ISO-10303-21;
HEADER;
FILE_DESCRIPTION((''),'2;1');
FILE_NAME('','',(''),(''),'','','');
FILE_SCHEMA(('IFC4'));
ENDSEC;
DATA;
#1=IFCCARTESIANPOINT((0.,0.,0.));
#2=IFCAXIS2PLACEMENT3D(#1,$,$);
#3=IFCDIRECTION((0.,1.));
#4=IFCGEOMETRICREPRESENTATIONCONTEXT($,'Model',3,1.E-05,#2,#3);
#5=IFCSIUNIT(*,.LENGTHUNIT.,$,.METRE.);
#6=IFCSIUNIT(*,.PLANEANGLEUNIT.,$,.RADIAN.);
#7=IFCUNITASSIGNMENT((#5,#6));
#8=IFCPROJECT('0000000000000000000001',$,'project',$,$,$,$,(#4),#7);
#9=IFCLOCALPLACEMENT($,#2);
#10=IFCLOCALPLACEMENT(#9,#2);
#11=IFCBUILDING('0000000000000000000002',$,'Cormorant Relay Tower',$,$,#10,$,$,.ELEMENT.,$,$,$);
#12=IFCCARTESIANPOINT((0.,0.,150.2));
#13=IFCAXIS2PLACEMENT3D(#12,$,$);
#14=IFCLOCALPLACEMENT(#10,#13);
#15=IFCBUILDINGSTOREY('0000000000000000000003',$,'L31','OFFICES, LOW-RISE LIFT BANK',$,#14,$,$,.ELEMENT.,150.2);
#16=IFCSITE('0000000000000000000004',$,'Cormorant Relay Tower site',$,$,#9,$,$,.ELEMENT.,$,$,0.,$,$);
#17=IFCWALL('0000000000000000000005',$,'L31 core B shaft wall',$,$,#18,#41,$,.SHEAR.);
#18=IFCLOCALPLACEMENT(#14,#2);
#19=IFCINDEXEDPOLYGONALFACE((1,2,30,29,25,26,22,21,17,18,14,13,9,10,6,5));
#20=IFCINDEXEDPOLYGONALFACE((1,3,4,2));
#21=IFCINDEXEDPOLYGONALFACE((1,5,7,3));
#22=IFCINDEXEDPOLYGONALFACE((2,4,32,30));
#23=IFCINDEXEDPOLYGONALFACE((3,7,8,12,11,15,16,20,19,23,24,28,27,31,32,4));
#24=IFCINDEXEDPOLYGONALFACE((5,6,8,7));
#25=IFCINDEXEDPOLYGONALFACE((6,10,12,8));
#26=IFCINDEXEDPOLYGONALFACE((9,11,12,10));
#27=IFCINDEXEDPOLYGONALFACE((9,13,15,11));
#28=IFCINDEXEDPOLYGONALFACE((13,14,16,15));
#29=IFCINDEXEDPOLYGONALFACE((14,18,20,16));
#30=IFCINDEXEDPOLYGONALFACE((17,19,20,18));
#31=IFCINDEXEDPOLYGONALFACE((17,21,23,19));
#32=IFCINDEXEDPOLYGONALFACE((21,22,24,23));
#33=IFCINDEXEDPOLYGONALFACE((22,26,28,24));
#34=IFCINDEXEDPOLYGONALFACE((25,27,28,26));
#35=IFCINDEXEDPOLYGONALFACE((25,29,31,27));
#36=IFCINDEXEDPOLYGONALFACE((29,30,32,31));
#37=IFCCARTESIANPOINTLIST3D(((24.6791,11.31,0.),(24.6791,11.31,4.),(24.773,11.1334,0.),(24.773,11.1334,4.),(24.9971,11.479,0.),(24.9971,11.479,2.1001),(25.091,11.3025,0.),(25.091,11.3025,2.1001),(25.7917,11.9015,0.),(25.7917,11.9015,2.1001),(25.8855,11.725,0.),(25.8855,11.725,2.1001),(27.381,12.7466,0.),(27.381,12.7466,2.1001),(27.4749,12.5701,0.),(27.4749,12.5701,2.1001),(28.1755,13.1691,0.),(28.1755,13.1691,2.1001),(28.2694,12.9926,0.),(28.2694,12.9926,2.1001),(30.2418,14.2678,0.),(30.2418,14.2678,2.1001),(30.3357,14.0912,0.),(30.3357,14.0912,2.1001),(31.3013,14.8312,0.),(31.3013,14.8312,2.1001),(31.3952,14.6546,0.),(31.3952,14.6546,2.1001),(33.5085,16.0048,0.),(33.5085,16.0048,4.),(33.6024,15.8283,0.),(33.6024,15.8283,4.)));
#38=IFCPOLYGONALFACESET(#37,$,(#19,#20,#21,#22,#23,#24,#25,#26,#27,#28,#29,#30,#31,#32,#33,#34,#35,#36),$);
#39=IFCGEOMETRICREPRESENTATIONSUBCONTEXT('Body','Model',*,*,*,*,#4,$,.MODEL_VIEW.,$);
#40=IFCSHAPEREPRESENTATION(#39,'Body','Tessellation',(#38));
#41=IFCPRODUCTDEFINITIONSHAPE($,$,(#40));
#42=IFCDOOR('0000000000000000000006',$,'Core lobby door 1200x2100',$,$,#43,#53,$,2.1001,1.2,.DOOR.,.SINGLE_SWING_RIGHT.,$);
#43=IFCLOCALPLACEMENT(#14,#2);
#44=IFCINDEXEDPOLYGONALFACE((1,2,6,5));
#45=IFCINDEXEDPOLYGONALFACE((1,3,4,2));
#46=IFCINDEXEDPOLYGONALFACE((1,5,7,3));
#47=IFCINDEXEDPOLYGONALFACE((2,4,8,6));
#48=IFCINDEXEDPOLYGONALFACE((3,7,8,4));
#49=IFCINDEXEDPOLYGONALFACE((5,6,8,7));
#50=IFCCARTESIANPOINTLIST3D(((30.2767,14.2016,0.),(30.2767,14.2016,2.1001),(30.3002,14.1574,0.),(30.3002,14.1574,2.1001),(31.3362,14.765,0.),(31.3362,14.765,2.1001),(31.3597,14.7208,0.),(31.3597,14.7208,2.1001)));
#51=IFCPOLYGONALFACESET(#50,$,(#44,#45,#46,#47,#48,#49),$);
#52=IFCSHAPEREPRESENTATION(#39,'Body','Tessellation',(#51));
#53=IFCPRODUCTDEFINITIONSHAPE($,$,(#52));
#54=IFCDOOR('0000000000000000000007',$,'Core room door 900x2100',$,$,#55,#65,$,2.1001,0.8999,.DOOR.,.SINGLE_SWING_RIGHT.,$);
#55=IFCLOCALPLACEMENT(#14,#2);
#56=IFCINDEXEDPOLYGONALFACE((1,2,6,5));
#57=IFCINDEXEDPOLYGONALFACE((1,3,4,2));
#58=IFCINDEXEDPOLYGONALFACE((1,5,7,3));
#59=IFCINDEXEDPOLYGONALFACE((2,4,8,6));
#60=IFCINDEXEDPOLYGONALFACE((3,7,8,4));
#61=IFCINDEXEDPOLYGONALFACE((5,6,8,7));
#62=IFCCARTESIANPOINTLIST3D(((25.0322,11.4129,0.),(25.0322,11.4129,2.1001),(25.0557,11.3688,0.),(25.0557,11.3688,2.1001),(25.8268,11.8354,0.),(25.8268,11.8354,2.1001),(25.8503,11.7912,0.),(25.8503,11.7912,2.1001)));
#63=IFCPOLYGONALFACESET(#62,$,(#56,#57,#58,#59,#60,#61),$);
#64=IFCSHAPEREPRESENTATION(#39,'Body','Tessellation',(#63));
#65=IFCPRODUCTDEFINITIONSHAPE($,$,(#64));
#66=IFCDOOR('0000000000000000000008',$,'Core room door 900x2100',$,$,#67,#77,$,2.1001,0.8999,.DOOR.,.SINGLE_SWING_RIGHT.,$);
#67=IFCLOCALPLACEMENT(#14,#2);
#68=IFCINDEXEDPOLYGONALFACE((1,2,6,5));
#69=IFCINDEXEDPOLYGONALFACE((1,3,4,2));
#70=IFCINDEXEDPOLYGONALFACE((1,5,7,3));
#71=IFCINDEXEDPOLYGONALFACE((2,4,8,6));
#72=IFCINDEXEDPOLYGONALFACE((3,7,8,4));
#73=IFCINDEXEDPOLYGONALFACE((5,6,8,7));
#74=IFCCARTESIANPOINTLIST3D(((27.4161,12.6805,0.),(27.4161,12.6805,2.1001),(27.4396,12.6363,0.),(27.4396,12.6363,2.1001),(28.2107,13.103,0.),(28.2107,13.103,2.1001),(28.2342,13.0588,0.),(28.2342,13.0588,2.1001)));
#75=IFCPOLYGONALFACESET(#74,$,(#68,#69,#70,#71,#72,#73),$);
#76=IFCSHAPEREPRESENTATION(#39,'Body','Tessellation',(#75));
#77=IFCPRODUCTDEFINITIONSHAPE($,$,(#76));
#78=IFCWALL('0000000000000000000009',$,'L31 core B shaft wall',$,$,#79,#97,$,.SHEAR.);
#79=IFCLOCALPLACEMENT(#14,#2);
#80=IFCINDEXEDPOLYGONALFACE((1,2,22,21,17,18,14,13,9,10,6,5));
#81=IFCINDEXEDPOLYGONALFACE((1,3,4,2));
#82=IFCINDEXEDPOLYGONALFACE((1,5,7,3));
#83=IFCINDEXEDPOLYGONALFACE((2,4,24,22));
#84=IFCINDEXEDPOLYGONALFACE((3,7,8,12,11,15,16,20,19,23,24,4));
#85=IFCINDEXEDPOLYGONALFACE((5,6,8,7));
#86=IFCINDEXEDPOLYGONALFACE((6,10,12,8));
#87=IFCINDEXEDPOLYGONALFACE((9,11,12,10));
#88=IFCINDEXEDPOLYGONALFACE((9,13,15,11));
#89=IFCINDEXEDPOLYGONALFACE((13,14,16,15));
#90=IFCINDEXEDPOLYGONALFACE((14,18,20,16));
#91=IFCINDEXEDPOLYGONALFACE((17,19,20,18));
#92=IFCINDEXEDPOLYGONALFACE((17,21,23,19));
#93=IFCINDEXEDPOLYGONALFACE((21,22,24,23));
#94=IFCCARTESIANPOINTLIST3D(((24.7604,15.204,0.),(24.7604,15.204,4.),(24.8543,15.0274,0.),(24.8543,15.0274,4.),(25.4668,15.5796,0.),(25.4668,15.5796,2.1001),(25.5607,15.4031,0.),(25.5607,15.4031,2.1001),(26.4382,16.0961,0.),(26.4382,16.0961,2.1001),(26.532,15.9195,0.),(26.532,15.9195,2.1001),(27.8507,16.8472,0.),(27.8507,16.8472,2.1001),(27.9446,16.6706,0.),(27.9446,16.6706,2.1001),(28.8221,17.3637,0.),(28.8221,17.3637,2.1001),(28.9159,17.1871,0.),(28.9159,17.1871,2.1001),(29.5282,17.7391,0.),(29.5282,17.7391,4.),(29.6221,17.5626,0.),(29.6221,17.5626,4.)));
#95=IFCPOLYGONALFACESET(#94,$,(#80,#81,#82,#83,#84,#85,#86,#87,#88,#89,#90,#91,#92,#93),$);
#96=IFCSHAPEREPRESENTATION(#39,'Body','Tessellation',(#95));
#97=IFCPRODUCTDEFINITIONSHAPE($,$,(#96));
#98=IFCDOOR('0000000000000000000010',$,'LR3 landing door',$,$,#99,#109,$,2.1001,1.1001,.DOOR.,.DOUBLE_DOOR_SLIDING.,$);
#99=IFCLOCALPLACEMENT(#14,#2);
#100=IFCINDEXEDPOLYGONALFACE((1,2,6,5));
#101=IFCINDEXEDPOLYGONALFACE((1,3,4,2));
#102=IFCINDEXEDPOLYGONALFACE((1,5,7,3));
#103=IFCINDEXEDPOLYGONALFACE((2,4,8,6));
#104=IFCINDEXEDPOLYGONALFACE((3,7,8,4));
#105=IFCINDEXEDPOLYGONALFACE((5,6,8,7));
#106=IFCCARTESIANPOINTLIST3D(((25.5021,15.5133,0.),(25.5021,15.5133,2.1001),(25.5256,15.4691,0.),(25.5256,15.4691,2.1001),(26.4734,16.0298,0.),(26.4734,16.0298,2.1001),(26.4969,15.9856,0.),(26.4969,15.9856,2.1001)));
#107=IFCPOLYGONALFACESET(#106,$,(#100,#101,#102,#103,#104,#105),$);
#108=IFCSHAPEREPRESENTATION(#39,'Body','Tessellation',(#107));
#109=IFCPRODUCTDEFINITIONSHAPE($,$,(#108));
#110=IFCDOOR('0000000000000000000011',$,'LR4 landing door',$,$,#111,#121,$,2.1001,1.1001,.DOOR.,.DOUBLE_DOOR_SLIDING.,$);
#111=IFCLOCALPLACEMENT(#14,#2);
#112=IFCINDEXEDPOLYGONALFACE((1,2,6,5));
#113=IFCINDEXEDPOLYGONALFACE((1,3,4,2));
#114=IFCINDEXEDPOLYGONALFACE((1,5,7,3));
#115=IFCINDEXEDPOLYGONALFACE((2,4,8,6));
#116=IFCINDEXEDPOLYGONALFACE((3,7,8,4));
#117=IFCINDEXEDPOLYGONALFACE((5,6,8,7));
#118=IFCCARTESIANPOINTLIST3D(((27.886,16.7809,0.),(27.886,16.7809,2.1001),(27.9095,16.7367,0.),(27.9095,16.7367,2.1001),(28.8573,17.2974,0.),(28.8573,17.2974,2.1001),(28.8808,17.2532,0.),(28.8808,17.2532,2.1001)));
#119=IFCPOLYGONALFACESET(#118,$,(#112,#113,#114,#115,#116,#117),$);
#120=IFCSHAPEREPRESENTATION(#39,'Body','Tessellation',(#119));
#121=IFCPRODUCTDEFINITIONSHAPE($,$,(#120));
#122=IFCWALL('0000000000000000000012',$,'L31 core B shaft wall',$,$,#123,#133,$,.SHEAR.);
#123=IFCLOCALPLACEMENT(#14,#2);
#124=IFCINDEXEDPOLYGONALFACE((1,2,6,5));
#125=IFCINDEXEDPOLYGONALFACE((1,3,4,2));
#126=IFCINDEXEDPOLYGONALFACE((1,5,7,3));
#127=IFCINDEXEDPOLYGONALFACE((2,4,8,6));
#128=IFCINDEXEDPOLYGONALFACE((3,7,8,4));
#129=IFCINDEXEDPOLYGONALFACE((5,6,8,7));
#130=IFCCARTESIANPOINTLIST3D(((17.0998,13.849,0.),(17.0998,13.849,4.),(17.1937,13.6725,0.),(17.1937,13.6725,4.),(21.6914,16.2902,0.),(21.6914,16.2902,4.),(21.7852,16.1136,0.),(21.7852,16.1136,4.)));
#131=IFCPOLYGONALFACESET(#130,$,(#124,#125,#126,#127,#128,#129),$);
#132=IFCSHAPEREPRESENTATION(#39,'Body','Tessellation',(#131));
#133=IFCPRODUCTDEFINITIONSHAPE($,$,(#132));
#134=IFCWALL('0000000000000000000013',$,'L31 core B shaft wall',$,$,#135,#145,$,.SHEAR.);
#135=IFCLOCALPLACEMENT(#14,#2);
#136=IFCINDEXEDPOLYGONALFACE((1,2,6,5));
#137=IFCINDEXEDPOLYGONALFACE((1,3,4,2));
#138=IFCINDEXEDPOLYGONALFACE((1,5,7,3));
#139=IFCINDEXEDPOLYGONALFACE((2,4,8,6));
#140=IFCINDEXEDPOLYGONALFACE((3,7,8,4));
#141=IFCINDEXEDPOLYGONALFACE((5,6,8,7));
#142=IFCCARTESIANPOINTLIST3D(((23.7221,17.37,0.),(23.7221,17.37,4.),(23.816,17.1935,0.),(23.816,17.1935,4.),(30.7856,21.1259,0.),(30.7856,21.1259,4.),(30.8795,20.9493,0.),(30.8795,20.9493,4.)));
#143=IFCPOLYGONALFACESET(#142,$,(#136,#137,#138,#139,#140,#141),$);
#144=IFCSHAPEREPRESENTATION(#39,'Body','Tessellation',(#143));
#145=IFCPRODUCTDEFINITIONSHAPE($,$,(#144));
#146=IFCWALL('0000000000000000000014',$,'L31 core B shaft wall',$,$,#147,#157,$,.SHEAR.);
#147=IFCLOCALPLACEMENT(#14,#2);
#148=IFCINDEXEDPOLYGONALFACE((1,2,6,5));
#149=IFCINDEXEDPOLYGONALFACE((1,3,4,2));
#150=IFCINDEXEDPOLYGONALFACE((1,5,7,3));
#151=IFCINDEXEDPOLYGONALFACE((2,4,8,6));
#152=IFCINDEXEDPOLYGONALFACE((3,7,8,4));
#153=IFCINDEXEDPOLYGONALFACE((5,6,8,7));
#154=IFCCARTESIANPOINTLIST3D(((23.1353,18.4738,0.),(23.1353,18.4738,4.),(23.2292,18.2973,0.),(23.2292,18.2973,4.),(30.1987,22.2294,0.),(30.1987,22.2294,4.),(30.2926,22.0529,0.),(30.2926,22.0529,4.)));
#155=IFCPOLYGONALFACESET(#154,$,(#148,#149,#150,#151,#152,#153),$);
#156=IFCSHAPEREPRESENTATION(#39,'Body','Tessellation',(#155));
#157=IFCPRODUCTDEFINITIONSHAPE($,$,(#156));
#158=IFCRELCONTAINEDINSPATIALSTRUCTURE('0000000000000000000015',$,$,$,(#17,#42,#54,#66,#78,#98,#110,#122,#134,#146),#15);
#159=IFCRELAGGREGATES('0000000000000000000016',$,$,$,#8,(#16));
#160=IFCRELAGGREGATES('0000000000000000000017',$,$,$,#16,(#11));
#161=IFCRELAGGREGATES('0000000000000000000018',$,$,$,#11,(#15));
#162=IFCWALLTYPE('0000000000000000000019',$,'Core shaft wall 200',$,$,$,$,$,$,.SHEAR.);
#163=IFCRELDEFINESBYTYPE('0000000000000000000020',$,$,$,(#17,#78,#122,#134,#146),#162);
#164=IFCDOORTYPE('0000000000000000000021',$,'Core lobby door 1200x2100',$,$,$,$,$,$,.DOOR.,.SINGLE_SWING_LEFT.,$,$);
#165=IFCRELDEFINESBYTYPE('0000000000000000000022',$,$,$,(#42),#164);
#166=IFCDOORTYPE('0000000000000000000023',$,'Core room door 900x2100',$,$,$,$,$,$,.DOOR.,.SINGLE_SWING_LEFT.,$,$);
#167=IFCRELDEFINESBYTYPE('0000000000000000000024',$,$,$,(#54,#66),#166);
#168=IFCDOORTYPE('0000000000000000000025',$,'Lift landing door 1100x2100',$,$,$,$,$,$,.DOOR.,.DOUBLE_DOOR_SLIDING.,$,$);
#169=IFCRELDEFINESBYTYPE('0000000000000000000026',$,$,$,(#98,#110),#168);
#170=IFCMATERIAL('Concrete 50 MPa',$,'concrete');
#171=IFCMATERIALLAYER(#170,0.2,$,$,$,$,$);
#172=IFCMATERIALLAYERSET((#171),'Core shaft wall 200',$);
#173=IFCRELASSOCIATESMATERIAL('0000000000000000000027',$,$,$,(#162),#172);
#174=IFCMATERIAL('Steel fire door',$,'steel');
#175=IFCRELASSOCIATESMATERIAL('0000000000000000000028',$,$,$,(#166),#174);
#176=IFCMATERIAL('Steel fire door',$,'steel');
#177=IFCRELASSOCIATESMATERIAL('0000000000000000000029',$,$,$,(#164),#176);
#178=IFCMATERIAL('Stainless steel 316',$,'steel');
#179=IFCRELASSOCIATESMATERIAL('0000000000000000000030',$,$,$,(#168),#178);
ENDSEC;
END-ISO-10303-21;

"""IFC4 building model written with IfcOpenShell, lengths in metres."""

from ifc_helpers import new_model, si_unit, direction, frame, frame_2d, origin, place, context, subcontext, project, spatial, rectangle, extrude, material, layer, layer_set, type_object, element, fill, save


model = new_model("IFC4")

# Units and contexts
model_context = context("Model", 3, precision=1e-05, world=origin(), true_north=direction((0.0, 1.0)))
body_context = subcontext(model_context, "Body", "Model", "MODEL_VIEW")
ifc_project = project(units=[si_unit("LENGTHUNIT", "METRE"), si_unit("PLANEANGLEUNIT", "RADIAN")], contexts=[model_context])

# Site, building, storey
site_placement = place(None, origin())
site = spatial("IfcSite", under=ifc_project, at=site_placement, Name="Cormorant Relay Tower site", CompositionType="ELEMENT", RefElevation=0.0)
building_placement = place(site_placement, origin())
building = spatial("IfcBuilding", under=site, at=building_placement, Name="Cormorant Relay Tower", CompositionType="ELEMENT")
storey_placement = place(building_placement, frame((0.0, 0.0, 150.2)))
storey = spatial("IfcBuildingStorey", under=building, at=storey_placement, Name="L31", Description="OFFICES, LOW-RISE LIFT BANK", CompositionType="ELEMENT", Elevation=150.2)

# Shared definitions
ifc_material_1 = material(Name="Concrete 50 MPa", Category="concrete")
ifc_layer_1 = layer(ifc_material_1, 0.2)
ifc_layer_set_1 = layer_set([ifc_layer_1], Name="Core shaft wall 200")
wall_type_1 = type_object("IfcWallType", Name="Core shaft wall 200", PredefinedType="SHEAR", material=ifc_layer_set_1)

# Shared definitions
ifc_material_2 = material(Name="Steel fire door", Category="steel")
door_type_1 = type_object("IfcDoorType", Name="Core room door 900x2100", OperationType="SINGLE_SWING_LEFT", PredefinedType="DOOR", material=ifc_material_2)

# Walls, openings, doors
wall_1_placement = place(storey_placement, frame((24.7261, 11.2217, 0.0), z_axis=(0.0, 0.0, 1.0), x_axis=(0.88294, 0.469485, 0.0)))
wall_1 = element("IfcWall", 1, at=wall_1_placement, inside=storey, type_object=wall_type_1, Name="L31 core B shaft wall", PredefinedType="SHEAR", context=body_context, shape_type="SweptSolid", body=[
    extrude(rectangle(XDim=10.0, YDim=0.2, at=frame_2d((5.0, 0.0))), origin(), (0.0, 0.0, 1.0), 4.0),
])
opening_1_placement = place(wall_1_placement, frame((6.3, 0.0, 0.0)))
opening_1 = element("IfcOpeningElement", 2, at=opening_1_placement, cuts=wall_1, PredefinedType="OPENING", context=body_context, shape_type="SweptSolid", body=[
    extrude(rectangle(XDim=1.2, YDim=2.1001, at=frame_2d((0.6001, 1.05))), frame((0.0, 0.1099, 0.0), z_axis=(0.0, -1.0, 0.0), x_axis=(1.0, 0.0, 0.0)), (0.0, 0.0, 1.0), 0.22),
])
opening_2_placement = place(wall_1_placement, frame((0.3601, 0.0, 0.0)))
opening_2 = element("IfcOpeningElement", 3, at=opening_2_placement, cuts=wall_1, PredefinedType="OPENING", context=body_context, shape_type="SweptSolid", body=[
    extrude(rectangle(XDim=0.8999, YDim=2.1001, at=frame_2d((0.45, 1.05))), frame((0.0, 0.1099, 0.0), z_axis=(0.0, -1.0, 0.0), x_axis=(1.0, 0.0, 0.0)), (0.0, 0.0, 1.0), 0.22),
])
opening_3_placement = place(wall_1_placement, frame((3.0601, 0.0, 0.0)))
opening_3 = element("IfcOpeningElement", 4, at=opening_3_placement, cuts=wall_1, PredefinedType="OPENING", context=body_context, shape_type="SweptSolid", body=[
    extrude(rectangle(XDim=0.8999, YDim=2.1001, at=frame_2d((0.45, 1.05))), frame((0.0, 0.1099, 0.0), z_axis=(0.0, -1.0, 0.0), x_axis=(1.0, 0.0, 0.0)), (0.0, 0.0, 1.0), 0.22),
])
ifc_material_3 = material(Name="Steel fire door", Category="steel")
door_type_2 = type_object("IfcDoorType", Name="Core lobby door 1200x2100", OperationType="SINGLE_SWING_LEFT", PredefinedType="DOOR", material=ifc_material_3)
door_1_placement = place(opening_1_placement, frame((1.2, 0.0, 0.0), z_axis=(0.0, 0.0, 1.0), x_axis=(-1.0, 0.0, 0.0)))
door_1 = element("IfcDoor", 5, at=door_1_placement, inside=storey, type_object=door_type_2, Name="Core lobby door 1200x2100", OperationType="SINGLE_SWING_RIGHT", OverallHeight=2.1001, OverallWidth=1.2, PredefinedType="DOOR", context=body_context, shape_type="SweptSolid", body=[
    extrude(rectangle(XDim=1.2, YDim=2.1001, at=frame_2d((0.6001, 1.05))), frame((0.0, 0.0249, 0.0), z_axis=(0.0, -1.0, 0.0), x_axis=(1.0, 0.0, 0.0)), (0.0, 0.0, 1.0), 0.05),
])
fill(opening_1, door_1)
door_2_placement = place(opening_2_placement, frame((0.8999, 0.0, 0.0), z_axis=(0.0, 0.0, 1.0), x_axis=(-1.0, 0.0, 0.0)))
door_2 = element("IfcDoor", 6, at=door_2_placement, inside=storey, type_object=door_type_1, Name="Core room door 900x2100", OperationType="SINGLE_SWING_RIGHT", OverallHeight=2.1001, OverallWidth=0.8999, PredefinedType="DOOR", context=body_context, shape_type="SweptSolid", body=[
    extrude(rectangle(XDim=0.8999, YDim=2.1001, at=frame_2d((0.45, 1.05))), frame((0.0, 0.0249, 0.0), z_axis=(0.0, -1.0, 0.0), x_axis=(1.0, 0.0, 0.0)), (0.0, 0.0, 1.0), 0.05),
])
fill(opening_2, door_2)
door_3_placement = place(opening_3_placement, frame((0.8999, 0.0, 0.0), z_axis=(0.0, 0.0, 1.0), x_axis=(-1.0, 0.0, 0.0)))
door_3 = element("IfcDoor", 7, at=door_3_placement, inside=storey, type_object=door_type_1, Name="Core room door 900x2100", OperationType="SINGLE_SWING_RIGHT", OverallHeight=2.1001, OverallWidth=0.8999, PredefinedType="DOOR", context=body_context, shape_type="SweptSolid", body=[
    extrude(rectangle(XDim=0.8999, YDim=2.1001, at=frame_2d((0.45, 1.05))), frame((0.0, 0.0249, 0.0), z_axis=(0.0, -1.0, 0.0), x_axis=(1.0, 0.0, 0.0)), (0.0, 0.0, 1.0), 0.05),
])
fill(opening_3, door_3)
wall_2_placement = place(storey_placement, frame((24.8074, 15.1157, 0.0), z_axis=(0.0, 0.0, 1.0), x_axis=(0.882943, 0.46948, 0.0)))
wall_2 = element("IfcWall", 8, at=wall_2_placement, inside=storey, type_object=wall_type_1, Name="L31 core B shaft wall", PredefinedType="SHEAR", context=body_context, shape_type="SweptSolid", body=[
    extrude(rectangle(XDim=5.3999, YDim=0.2, at=frame_2d((2.7, 0.0))), origin(), (0.0, 0.0, 1.0), 4.0),
])
opening_4_placement = place(wall_2_placement, frame((0.8, 0.0, 0.0)))
opening_4 = element("IfcOpeningElement", 9, at=opening_4_placement, cuts=wall_2, PredefinedType="OPENING", context=body_context, shape_type="SweptSolid", body=[
    extrude(rectangle(XDim=1.1001, YDim=2.1001, at=frame_2d((0.55, 1.05))), frame((0.0, 0.1099, 0.0), z_axis=(0.0, -1.0, 0.0), x_axis=(1.0, 0.0, 0.0)), (0.0, 0.0, 1.0), 0.22),
])
opening_5_placement = place(wall_2_placement, frame((3.5, 0.0, 0.0)))
opening_5 = element("IfcOpeningElement", 10, at=opening_5_placement, cuts=wall_2, PredefinedType="OPENING", context=body_context, shape_type="SweptSolid", body=[
    extrude(rectangle(XDim=1.1001, YDim=2.1001, at=frame_2d((0.55, 1.05))), frame((0.0, 0.1099, 0.0), z_axis=(0.0, -1.0, 0.0), x_axis=(1.0, 0.0, 0.0)), (0.0, 0.0, 1.0), 0.22),
])
ifc_material_4 = material(Name="Stainless steel 316", Category="steel")
door_type_3 = type_object("IfcDoorType", Name="Lift landing door 1100x2100", OperationType="DOUBLE_DOOR_SLIDING", PredefinedType="DOOR", material=ifc_material_4)
door_4_placement = place(opening_4_placement, origin())
door_4 = element("IfcDoor", 11, at=door_4_placement, inside=storey, type_object=door_type_3, Name="LR3 landing door", OperationType="DOUBLE_DOOR_SLIDING", OverallHeight=2.1001, OverallWidth=1.1001, PredefinedType="DOOR", context=body_context, shape_type="SweptSolid", body=[
    extrude(rectangle(XDim=1.1001, YDim=2.1001, at=frame_2d((0.55, 1.05))), frame((0.0, 0.0249, 0.0), z_axis=(0.0, -1.0, 0.0), x_axis=(1.0, 0.0, 0.0)), (0.0, 0.0, 1.0), 0.05),
])
fill(opening_4, door_4)
door_5_placement = place(opening_5_placement, origin())
door_5 = element("IfcDoor", 12, at=door_5_placement, inside=storey, type_object=door_type_3, Name="LR4 landing door", OperationType="DOUBLE_DOOR_SLIDING", OverallHeight=2.1001, OverallWidth=1.1001, PredefinedType="DOOR", context=body_context, shape_type="SweptSolid", body=[
    extrude(rectangle(XDim=1.1001, YDim=2.1001, at=frame_2d((0.55, 1.05))), frame((0.0, 0.0249, 0.0), z_axis=(0.0, -1.0, 0.0), x_axis=(1.0, 0.0, 0.0)), (0.0, 0.0, 1.0), 0.05),
])
fill(opening_5, door_5)

# Walls
wall_3_placement = place(storey_placement, frame((17.1467, 13.7607, 0.0), z_axis=(0.0, 0.0, 1.0), x_axis=(0.882964, 0.46944, 0.0)))
element("IfcWall", 13, at=wall_3_placement, inside=storey, type_object=wall_type_1, Name="L31 core B shaft wall", PredefinedType="SHEAR", context=body_context, shape_type="SweptSolid", body=[
    extrude(rectangle(XDim=5.2002, YDim=0.2, at=frame_2d((2.6001, 0.0))), origin(), (0.0, 0.0, 1.0), 4.0),
])
wall_4_placement = place(storey_placement, frame((23.769, 17.2817, 0.0), z_axis=(0.0, 0.0, 1.0), x_axis=(0.88294, 0.469485, 0.0)))
element("IfcWall", 14, at=wall_4_placement, inside=storey, type_object=wall_type_1, Name="L31 core B shaft wall", PredefinedType="SHEAR", context=body_context, shape_type="SweptSolid", body=[
    extrude(rectangle(XDim=8.0, YDim=0.2, at=frame_2d((4.0, 0.0))), origin(), (0.0, 0.0, 1.0), 4.0),
])
wall_5_placement = place(storey_placement, frame((23.1821, 18.3855, 0.0), z_axis=(0.0, 0.0, 1.0), x_axis=(0.882953, 0.469462, 0.0)))
element("IfcWall", 15, at=wall_5_placement, inside=storey, type_object=wall_type_1, Name="L31 core B shaft wall", PredefinedType="SHEAR", context=body_context, shape_type="SweptSolid", body=[
    extrude(rectangle(XDim=7.9998, YDim=0.2, at=frame_2d((4.0, 0.0))), origin(), (0.0, 0.0, 1.0), 4.0),
])

save(model, "model.ifc")
